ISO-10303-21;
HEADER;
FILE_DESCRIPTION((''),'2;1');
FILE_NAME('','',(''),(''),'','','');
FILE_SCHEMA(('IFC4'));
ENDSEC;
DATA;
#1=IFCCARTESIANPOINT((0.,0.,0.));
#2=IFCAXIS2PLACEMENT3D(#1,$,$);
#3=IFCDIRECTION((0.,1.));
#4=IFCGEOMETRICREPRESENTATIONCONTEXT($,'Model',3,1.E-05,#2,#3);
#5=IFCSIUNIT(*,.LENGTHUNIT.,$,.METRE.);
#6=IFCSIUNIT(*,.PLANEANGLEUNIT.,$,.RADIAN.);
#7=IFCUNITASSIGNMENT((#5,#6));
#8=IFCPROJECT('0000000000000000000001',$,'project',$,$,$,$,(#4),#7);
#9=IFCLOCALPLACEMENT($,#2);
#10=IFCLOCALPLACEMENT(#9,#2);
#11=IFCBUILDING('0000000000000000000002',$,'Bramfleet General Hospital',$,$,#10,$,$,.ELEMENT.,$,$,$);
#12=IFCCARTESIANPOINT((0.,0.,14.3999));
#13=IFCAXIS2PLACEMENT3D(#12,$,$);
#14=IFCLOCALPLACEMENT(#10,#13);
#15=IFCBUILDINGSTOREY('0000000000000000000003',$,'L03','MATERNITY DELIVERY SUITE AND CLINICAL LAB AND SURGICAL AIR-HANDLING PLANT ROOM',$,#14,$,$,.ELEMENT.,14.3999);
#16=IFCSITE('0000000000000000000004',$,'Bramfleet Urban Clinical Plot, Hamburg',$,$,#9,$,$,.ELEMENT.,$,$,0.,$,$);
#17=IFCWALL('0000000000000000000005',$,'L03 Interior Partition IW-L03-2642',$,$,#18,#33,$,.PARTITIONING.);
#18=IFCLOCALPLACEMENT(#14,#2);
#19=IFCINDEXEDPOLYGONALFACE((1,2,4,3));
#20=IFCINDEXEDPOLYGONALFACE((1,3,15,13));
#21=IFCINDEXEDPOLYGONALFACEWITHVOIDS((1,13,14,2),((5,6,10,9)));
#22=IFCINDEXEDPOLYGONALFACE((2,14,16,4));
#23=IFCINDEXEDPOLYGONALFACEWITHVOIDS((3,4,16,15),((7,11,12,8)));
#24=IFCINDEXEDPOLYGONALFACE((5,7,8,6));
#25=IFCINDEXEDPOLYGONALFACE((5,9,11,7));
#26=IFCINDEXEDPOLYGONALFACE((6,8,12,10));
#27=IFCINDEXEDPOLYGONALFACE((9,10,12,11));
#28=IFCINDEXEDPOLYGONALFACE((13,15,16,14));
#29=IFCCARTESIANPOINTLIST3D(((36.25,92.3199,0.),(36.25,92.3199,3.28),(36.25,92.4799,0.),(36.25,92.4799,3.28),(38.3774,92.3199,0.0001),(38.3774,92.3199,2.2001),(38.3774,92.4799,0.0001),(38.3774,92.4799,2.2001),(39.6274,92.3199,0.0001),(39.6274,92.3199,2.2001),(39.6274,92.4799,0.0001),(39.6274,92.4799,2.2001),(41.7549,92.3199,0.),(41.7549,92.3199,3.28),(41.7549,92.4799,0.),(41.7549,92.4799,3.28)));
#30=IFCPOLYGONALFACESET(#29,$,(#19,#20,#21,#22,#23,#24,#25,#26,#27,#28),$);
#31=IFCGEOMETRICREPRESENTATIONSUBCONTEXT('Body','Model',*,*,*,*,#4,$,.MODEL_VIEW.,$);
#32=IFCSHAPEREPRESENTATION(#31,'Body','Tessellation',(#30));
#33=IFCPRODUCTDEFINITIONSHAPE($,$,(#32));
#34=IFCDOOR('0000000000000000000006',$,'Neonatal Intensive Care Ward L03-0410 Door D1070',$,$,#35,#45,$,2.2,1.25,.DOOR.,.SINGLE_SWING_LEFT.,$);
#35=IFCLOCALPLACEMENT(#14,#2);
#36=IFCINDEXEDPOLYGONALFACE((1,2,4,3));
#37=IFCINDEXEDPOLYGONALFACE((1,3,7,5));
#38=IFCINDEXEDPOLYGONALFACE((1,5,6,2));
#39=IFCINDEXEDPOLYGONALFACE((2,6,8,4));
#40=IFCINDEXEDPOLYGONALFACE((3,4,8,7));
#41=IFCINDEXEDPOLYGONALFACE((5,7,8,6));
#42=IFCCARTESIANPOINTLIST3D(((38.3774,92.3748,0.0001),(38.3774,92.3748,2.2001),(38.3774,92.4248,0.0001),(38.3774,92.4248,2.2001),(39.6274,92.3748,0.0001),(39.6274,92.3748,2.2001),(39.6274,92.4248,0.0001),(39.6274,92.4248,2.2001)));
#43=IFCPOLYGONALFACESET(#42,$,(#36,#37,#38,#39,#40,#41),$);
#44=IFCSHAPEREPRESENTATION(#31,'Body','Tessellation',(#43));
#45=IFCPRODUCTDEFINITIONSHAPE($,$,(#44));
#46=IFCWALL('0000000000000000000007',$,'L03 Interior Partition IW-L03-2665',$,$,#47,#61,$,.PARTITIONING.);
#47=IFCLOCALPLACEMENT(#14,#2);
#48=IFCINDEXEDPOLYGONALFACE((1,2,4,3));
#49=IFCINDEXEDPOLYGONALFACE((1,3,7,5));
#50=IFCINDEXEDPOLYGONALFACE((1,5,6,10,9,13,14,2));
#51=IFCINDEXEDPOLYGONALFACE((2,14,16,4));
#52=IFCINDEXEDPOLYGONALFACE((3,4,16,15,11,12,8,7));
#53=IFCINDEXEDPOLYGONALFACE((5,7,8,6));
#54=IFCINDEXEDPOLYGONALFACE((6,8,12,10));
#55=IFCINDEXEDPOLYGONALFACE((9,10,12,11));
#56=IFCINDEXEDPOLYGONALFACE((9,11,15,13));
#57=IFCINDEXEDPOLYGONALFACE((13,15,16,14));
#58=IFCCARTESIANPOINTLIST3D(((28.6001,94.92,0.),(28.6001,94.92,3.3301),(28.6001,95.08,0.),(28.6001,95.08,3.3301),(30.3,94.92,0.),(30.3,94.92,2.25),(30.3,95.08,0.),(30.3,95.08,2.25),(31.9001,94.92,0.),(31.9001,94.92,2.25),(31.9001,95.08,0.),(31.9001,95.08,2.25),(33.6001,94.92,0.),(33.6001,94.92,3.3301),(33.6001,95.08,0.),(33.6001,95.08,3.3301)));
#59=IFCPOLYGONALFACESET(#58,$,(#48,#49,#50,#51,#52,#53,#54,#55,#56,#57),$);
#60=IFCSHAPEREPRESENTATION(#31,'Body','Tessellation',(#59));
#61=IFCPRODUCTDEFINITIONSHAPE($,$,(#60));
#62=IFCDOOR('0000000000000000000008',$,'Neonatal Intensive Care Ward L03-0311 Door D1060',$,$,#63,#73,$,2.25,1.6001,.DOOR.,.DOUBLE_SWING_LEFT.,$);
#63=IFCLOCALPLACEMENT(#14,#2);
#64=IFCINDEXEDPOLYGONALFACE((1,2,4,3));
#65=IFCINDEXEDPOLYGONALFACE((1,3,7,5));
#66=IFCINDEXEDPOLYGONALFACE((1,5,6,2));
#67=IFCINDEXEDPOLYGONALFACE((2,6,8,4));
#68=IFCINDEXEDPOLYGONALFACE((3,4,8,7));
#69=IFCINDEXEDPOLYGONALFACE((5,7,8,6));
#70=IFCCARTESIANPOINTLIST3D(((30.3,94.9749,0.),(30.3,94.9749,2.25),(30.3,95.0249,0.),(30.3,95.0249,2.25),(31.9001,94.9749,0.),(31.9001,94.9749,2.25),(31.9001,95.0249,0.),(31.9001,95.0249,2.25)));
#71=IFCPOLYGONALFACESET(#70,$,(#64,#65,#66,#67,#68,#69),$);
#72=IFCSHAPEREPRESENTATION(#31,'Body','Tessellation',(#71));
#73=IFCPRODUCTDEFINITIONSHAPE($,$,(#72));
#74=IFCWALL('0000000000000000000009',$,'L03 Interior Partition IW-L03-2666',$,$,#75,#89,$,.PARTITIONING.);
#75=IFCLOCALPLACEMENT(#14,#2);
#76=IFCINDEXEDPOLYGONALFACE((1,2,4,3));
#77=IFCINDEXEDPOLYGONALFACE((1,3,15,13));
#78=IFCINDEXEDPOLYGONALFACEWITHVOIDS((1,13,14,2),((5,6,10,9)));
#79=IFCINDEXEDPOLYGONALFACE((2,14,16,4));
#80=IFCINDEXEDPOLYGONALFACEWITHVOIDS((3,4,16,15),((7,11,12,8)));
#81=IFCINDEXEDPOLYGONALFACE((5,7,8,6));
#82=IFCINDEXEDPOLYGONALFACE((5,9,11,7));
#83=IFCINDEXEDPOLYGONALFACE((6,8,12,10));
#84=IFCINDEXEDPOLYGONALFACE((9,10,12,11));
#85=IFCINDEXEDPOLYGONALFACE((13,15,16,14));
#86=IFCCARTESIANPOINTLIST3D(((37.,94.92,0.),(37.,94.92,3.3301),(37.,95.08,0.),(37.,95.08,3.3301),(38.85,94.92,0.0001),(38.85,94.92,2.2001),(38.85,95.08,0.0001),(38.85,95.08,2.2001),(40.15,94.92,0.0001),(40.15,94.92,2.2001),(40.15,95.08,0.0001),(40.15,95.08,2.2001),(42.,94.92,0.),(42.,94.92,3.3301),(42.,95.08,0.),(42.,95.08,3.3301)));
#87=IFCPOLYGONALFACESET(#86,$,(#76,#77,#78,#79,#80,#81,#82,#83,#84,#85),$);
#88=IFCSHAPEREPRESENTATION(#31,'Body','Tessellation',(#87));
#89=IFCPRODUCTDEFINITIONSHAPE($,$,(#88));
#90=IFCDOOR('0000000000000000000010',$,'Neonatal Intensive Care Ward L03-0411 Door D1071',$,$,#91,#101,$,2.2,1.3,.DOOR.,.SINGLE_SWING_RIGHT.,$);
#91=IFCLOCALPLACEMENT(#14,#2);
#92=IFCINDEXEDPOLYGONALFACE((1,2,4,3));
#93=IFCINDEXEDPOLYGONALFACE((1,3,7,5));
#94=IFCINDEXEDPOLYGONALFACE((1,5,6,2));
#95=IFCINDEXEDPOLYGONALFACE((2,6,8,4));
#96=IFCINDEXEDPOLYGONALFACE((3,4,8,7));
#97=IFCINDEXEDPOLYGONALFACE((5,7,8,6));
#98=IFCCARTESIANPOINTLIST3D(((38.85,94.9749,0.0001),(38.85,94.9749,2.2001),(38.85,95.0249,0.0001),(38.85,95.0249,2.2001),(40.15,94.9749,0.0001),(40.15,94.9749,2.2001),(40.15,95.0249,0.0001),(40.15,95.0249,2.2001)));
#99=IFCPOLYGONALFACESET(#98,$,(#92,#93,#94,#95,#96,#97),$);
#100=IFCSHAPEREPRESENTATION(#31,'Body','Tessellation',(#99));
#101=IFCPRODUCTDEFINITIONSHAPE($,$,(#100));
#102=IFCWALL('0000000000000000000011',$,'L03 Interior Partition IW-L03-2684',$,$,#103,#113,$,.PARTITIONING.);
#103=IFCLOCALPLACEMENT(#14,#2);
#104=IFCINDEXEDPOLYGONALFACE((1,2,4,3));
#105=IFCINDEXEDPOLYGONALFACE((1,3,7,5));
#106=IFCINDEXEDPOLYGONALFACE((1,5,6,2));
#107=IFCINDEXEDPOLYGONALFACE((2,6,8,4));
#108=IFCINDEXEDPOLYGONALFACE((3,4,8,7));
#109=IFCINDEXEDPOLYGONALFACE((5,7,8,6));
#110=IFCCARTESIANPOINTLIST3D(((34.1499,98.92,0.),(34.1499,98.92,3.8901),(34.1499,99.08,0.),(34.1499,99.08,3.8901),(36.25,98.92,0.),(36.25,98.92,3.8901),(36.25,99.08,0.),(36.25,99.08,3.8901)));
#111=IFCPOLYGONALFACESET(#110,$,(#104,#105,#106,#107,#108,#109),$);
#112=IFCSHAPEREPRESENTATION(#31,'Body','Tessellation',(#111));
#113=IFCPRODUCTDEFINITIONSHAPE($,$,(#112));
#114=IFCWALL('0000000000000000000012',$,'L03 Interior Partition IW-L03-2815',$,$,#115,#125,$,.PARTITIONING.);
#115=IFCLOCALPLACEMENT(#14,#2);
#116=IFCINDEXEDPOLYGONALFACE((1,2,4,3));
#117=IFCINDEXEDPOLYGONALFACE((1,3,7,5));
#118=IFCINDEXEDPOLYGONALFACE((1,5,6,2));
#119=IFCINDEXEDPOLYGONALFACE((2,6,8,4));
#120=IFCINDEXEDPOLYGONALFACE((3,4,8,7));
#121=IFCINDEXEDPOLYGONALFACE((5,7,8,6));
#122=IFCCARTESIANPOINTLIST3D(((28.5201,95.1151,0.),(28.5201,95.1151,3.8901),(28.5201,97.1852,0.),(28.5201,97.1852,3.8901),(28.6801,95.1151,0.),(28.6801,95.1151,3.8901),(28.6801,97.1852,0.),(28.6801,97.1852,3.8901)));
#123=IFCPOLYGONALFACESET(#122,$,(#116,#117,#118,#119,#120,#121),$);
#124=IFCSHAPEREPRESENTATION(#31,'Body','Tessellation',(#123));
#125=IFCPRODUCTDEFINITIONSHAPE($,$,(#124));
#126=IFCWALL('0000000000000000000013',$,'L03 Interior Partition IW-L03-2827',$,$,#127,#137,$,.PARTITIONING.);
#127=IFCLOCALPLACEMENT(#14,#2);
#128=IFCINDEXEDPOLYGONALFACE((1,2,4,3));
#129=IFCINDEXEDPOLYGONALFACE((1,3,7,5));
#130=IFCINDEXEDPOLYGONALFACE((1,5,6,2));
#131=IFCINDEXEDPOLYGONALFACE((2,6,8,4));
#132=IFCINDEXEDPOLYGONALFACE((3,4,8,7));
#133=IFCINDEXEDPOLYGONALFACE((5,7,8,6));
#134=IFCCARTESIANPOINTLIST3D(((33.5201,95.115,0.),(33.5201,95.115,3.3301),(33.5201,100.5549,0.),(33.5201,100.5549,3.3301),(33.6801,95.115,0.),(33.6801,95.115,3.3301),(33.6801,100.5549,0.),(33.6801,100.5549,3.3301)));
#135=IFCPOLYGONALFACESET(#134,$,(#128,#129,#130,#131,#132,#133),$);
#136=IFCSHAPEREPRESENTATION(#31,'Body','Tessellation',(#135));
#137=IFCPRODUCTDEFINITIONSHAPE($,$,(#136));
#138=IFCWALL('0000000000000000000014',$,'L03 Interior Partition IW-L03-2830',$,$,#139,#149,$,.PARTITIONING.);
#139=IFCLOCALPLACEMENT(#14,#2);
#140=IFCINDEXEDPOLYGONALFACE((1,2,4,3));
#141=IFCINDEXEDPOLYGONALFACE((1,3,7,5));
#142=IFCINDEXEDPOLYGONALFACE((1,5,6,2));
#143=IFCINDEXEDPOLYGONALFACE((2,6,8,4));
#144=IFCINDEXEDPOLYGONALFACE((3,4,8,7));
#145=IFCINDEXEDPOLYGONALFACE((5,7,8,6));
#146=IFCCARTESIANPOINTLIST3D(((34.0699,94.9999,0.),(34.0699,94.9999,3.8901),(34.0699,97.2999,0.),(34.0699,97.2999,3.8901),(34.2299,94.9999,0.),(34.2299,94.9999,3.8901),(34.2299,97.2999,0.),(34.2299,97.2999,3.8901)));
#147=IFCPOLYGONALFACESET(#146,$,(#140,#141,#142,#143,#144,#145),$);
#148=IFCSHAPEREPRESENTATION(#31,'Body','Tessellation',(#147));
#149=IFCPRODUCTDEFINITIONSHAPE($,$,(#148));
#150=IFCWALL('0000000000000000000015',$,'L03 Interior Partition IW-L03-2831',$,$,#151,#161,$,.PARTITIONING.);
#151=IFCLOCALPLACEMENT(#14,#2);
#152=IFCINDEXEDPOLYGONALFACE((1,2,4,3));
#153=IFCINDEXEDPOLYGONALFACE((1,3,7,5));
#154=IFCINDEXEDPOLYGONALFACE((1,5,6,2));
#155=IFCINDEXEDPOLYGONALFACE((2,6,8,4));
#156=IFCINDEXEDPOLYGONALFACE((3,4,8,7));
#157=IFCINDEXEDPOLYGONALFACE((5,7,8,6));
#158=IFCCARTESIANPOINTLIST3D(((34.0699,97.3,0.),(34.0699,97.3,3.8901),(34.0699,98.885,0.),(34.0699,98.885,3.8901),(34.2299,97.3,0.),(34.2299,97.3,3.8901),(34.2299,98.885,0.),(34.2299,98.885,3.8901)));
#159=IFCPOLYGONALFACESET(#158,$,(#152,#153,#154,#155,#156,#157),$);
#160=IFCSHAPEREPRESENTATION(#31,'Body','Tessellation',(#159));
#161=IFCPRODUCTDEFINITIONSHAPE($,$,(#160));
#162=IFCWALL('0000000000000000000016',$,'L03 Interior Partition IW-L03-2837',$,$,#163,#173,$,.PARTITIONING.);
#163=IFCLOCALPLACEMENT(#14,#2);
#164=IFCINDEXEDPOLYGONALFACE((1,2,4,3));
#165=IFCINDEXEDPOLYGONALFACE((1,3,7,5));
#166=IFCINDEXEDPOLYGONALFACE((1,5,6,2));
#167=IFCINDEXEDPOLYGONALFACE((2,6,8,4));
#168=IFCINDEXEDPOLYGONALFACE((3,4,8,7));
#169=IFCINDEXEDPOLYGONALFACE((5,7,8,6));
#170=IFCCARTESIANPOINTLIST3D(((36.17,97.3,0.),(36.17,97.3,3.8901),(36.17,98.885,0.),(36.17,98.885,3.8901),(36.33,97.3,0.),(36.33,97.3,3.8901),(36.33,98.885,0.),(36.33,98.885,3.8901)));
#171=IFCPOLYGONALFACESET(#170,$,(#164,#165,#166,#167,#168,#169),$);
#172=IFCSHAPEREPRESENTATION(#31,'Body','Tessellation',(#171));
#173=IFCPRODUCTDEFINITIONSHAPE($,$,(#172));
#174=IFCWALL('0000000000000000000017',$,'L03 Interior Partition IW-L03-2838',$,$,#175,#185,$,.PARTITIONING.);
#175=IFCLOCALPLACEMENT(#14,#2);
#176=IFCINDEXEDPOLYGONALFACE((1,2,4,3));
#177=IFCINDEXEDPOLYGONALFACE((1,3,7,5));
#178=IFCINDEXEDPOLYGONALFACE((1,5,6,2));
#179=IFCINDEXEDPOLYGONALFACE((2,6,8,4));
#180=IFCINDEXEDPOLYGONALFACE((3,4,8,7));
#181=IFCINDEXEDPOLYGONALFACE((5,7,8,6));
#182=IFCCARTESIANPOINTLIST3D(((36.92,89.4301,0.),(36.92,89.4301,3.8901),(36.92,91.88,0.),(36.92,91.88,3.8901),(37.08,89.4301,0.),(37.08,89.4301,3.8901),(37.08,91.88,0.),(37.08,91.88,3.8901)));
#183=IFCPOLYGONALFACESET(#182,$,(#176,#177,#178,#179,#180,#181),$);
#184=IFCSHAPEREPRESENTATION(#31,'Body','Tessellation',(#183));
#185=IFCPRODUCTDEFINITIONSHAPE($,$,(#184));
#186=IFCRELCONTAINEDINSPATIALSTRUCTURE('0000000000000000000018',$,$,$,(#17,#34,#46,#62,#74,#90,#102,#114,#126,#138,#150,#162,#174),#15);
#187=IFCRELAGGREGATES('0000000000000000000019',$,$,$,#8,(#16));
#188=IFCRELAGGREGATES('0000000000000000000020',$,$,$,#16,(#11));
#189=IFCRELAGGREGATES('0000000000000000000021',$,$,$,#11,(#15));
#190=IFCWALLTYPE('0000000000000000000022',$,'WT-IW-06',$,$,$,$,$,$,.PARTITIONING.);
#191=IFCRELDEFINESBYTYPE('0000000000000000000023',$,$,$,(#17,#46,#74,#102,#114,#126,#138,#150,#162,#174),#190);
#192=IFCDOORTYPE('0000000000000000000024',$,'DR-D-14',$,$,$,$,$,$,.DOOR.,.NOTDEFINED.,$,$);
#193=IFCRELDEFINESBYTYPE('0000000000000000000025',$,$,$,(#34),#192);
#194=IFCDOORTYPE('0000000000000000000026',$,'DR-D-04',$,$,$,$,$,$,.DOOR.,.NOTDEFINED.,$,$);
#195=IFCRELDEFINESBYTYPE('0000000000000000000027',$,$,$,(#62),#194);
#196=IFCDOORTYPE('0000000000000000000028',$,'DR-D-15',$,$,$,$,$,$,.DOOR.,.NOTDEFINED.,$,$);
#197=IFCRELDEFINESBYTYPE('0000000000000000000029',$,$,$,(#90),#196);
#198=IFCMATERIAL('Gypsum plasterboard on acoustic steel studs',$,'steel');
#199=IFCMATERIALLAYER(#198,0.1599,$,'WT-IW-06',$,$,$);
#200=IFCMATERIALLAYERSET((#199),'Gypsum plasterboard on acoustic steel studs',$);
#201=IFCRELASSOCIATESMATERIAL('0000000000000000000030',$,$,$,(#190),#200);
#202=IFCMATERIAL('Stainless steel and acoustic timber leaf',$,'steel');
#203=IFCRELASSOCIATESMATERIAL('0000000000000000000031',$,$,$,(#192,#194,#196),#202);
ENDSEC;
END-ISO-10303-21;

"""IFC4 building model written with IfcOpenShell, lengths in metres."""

from ifc_helpers import new_model, si_unit, direction, frame, frame_2d, origin, place, context, subcontext, project, spatial, rectangle, extrude, material, layer, layer_set, type_object, element, fill, save


model = new_model("IFC4")

# Units and contexts
model_context = context("Model", 3, precision=1e-05, world=origin(), true_north=direction((0.0, 1.0)))
body_context = subcontext(model_context, "Body", "Model", "MODEL_VIEW")
ifc_project = project(units=[si_unit("LENGTHUNIT", "METRE"), si_unit("PLANEANGLEUNIT", "RADIAN")], contexts=[model_context])

# Site, building, storey
site_placement = place(None, origin())
site = spatial("IfcSite", under=ifc_project, at=site_placement, Name="Bramfleet Urban Clinical Plot, Hamburg", CompositionType="ELEMENT", RefElevation=0.0)
building_placement = place(site_placement, origin())
building = spatial("IfcBuilding", under=site, at=building_placement, Name="Bramfleet General Hospital", CompositionType="ELEMENT")
storey_placement = place(building_placement, frame((0.0, 0.0, 14.3999)))
storey = spatial("IfcBuildingStorey", under=building, at=storey_placement, Name="L03", Description="MATERNITY DELIVERY SUITE AND CLINICAL LAB AND SURGICAL AIR-HANDLING PLANT ROOM", CompositionType="ELEMENT", Elevation=14.3999)

# Walls, openings, doors
ifc_material_1 = material(Name="Gypsum plasterboard on acoustic steel studs", Category="steel")
ifc_layer_1 = layer(ifc_material_1, 0.1599, Name="WT-IW-06")
ifc_layer_set_1 = layer_set([ifc_layer_1], Name="Gypsum plasterboard on acoustic steel studs")
wall_type = type_object("IfcWallType", Name="WT-IW-06", PredefinedType="PARTITIONING", material=ifc_layer_set_1)
wall_1_placement = place(storey_placement, frame((36.25, 92.3999, 0.0), z_axis=(0.0, 0.0, 1.0), x_axis=(1.0, 0.0, 0.0)))
wall_1 = element("IfcWall", 1, at=wall_1_placement, inside=storey, type_object=wall_type, Name="L03 Interior Partition IW-L03-2642", PredefinedType="PARTITIONING", context=body_context, shape_type="SweptSolid", body=[
    extrude(rectangle(XDim=5.5049, YDim=0.1599, at=frame_2d((2.7524, 0.0))), origin(), (0.0, 0.0, 1.0), 3.28),
])
opening_1_placement = place(wall_1_placement, frame((2.1274, 0.0, 0.0)))
opening_1 = element("IfcOpeningElement", 2, at=opening_1_placement, cuts=wall_1, PredefinedType="OPENING", context=body_context, shape_type="SweptSolid", body=[
    extrude(rectangle(XDim=1.25, YDim=2.2, at=frame_2d((0.625, 1.1001))), frame((0.0, 0.0898, 0.0), z_axis=(0.0, -1.0, 0.0), x_axis=(1.0, 0.0, 0.0)), (0.0, 0.0, 1.0), 0.1799),
])
ifc_material_2 = material(Name="Stainless steel and acoustic timber leaf", Category="steel")
door_type_1 = type_object("IfcDoorType", Name="DR-D-14", OperationType="NOTDEFINED", PredefinedType="DOOR", material=ifc_material_2)
door_1_placement = place(opening_1_placement, origin())
door_1 = element("IfcDoor", 3, at=door_1_placement, inside=storey, type_object=door_type_1, Name="Neonatal Intensive Care Ward L03-0410 Door D1070", OperationType="SINGLE_SWING_LEFT", OverallHeight=2.2, OverallWidth=1.25, PredefinedType="DOOR", context=body_context, shape_type="SweptSolid", body=[
    extrude(rectangle(XDim=1.25, YDim=2.2, at=frame_2d((0.625, 1.1001))), frame((0.0, 0.0249, 0.0), z_axis=(0.0, -1.0, 0.0), x_axis=(1.0, 0.0, 0.0)), (0.0, 0.0, 1.0), 0.05),
])
fill(opening_1, door_1)
wall_2_placement = place(storey_placement, frame((28.6001, 95.0, 0.0), z_axis=(0.0, 0.0, 1.0), x_axis=(1.0, 0.0, 0.0)))
wall_2 = element("IfcWall", 4, at=wall_2_placement, inside=storey, type_object=wall_type, Name="L03 Interior Partition IW-L03-2665", PredefinedType="PARTITIONING", context=body_context, shape_type="SweptSolid", body=[
    extrude(rectangle(XDim=5.0, YDim=0.1599, at=frame_2d((2.5, 0.0))), origin(), (0.0, 0.0, 1.0), 3.3301),
])
opening_2_placement = place(wall_2_placement, frame((1.7, 0.0, 0.0)))
opening_2 = element("IfcOpeningElement", 5, at=opening_2_placement, cuts=wall_2, PredefinedType="OPENING", context=body_context, shape_type="SweptSolid", body=[
    extrude(rectangle(XDim=1.6001, YDim=2.25, at=frame_2d((0.8, 1.125))), frame((0.0, 0.0898, 0.0), z_axis=(0.0, -1.0, 0.0), x_axis=(1.0, 0.0, 0.0)), (0.0, 0.0, 1.0), 0.1799),
])
door_type_2 = type_object("IfcDoorType", Name="DR-D-04", OperationType="NOTDEFINED", PredefinedType="DOOR", material=ifc_material_2)
door_2_placement = place(opening_2_placement, origin())
door_2 = element("IfcDoor", 6, at=door_2_placement, inside=storey, type_object=door_type_2, Name="Neonatal Intensive Care Ward L03-0311 Door D1060", OperationType="DOUBLE_SWING_LEFT", OverallHeight=2.25, OverallWidth=1.6001, PredefinedType="DOOR", context=body_context, shape_type="SweptSolid", body=[
    extrude(rectangle(XDim=1.6001, YDim=2.25, at=frame_2d((0.8, 1.125))), frame((0.0, 0.0249, 0.0), z_axis=(0.0, -1.0, 0.0), x_axis=(1.0, 0.0, 0.0)), (0.0, 0.0, 1.0), 0.05),
])
fill(opening_2, door_2)
wall_3_placement = place(storey_placement, frame((37.0, 95.0, 0.0), z_axis=(0.0, 0.0, 1.0), x_axis=(1.0, 0.0, 0.0)))
wall_3 = element("IfcWall", 7, at=wall_3_placement, inside=storey, type_object=wall_type, Name="L03 Interior Partition IW-L03-2666", PredefinedType="PARTITIONING", context=body_context, shape_type="SweptSolid", body=[
    extrude(rectangle(XDim=5.0, YDim=0.1599, at=frame_2d((2.5, 0.0))), origin(), (0.0, 0.0, 1.0), 3.3301),
])
opening_3_placement = place(wall_3_placement, frame((1.8501, 0.0, 0.0)))
opening_3 = element("IfcOpeningElement", 8, at=opening_3_placement, cuts=wall_3, PredefinedType="OPENING", context=body_context, shape_type="SweptSolid", body=[
    extrude(rectangle(XDim=1.3, YDim=2.2, at=frame_2d((0.6499, 1.1001))), frame((0.0, 0.0898, 0.0), z_axis=(0.0, -1.0, 0.0), x_axis=(1.0, 0.0, 0.0)), (0.0, 0.0, 1.0), 0.1799),
])
door_type_3 = type_object("IfcDoorType", Name="DR-D-15", OperationType="NOTDEFINED", PredefinedType="DOOR", material=ifc_material_2)
door_3_placement = place(opening_3_placement, origin())
door_3 = element("IfcDoor", 9, at=door_3_placement, inside=storey, type_object=door_type_3, Name="Neonatal Intensive Care Ward L03-0411 Door D1071", OperationType="SINGLE_SWING_RIGHT", OverallHeight=2.2, OverallWidth=1.3, PredefinedType="DOOR", context=body_context, shape_type="SweptSolid", body=[
    extrude(rectangle(XDim=1.3, YDim=2.2, at=frame_2d((0.6499, 1.1001))), frame((0.0, 0.0249, 0.0), z_axis=(0.0, -1.0, 0.0), x_axis=(1.0, 0.0, 0.0)), (0.0, 0.0, 1.0), 0.05),
])
fill(opening_3, door_3)

# Walls
wall_4_placement = place(storey_placement, frame((34.1499, 99.0, 0.0), z_axis=(0.0, 0.0, 1.0), x_axis=(1.0, 0.0, 0.0)))
element("IfcWall", 10, at=wall_4_placement, inside=storey, type_object=wall_type, Name="L03 Interior Partition IW-L03-2684", PredefinedType="PARTITIONING", context=body_context, shape_type="SweptSolid", body=[
    extrude(rectangle(XDim=2.1001, YDim=0.1599, at=frame_2d((1.05, 0.0))), origin(), (0.0, 0.0, 1.0), 3.8901),
])
wall_5_placement = place(storey_placement, frame((28.6001, 95.115, 0.0), z_axis=(0.0, 0.0, 1.0), x_axis=(0.0, 1.0, 0.0)))
element("IfcWall", 11, at=wall_5_placement, inside=storey, type_object=wall_type, Name="L03 Interior Partition IW-L03-2815", PredefinedType="PARTITIONING", context=body_context, shape_type="SweptSolid", body=[
    extrude(rectangle(XDim=2.0701, YDim=0.1599, at=frame_2d((1.0352, 0.0))), origin(), (0.0, 0.0, 1.0), 3.8901),
])
wall_6_placement = place(storey_placement, frame((33.6001, 95.115, 0.0), z_axis=(0.0, 0.0, 1.0), x_axis=(0.0, 1.0, 0.0)))
element("IfcWall", 12, at=wall_6_placement, inside=storey, type_object=wall_type, Name="L03 Interior Partition IW-L03-2827", PredefinedType="PARTITIONING", context=body_context, shape_type="SweptSolid", body=[
    extrude(rectangle(XDim=5.4399, YDim=0.1599, at=frame_2d((2.72, 0.0))), origin(), (0.0, 0.0, 1.0), 3.3301),
])
wall_7_placement = place(storey_placement, frame((34.1499, 95.0, 0.0), z_axis=(0.0, 0.0, 1.0), x_axis=(0.0, 1.0, 0.0)))
element("IfcWall", 13, at=wall_7_placement, inside=storey, type_object=wall_type, Name="L03 Interior Partition IW-L03-2830", PredefinedType="PARTITIONING", context=body_context, shape_type="SweptSolid", body=[
    extrude(rectangle(XDim=2.3, YDim=0.1599, at=frame_2d((1.1499, 0.0))), origin(), (0.0, 0.0, 1.0), 3.8901),
])
for number, where, z_axis, x_axis, name in (
    (14, (34.1499, 97.3, 0.0), (0.0, 0.0, 1.0), (0.0, 1.0, 0.0), "L03 Interior Partition IW-L03-2831"),
    (15, (36.25, 97.3, 0.0), (0.0, 0.0, 1.0), (0.0, 1.0, 0.0), "L03 Interior Partition IW-L03-2837"),
):
    element("IfcWall", number, at=place(storey_placement, frame(where, z_axis=z_axis, x_axis=x_axis)), inside=storey, type_object=wall_type, Name=name, PredefinedType="PARTITIONING", context=body_context, shape_type="SweptSolid", body=[
        extrude(rectangle(XDim=1.585, YDim=0.1599, at=frame_2d((0.7925, 0.0))), origin(), (0.0, 0.0, 1.0), 3.8901),
    ])
wall_8_placement = place(storey_placement, frame((37.0, 89.4299, 0.0), z_axis=(0.0, 0.0, 1.0), x_axis=(0.0, 1.0, 0.0)))
element("IfcWall", 16, at=wall_8_placement, inside=storey, type_object=wall_type, Name="L03 Interior Partition IW-L03-2838", PredefinedType="PARTITIONING", context=body_context, shape_type="SweptSolid", body=[
    extrude(rectangle(XDim=2.45, YDim=0.1599, at=frame_2d((1.2251, 0.0))), origin(), (0.0, 0.0, 1.0), 3.8901),
])

save(model, "model.ifc")
